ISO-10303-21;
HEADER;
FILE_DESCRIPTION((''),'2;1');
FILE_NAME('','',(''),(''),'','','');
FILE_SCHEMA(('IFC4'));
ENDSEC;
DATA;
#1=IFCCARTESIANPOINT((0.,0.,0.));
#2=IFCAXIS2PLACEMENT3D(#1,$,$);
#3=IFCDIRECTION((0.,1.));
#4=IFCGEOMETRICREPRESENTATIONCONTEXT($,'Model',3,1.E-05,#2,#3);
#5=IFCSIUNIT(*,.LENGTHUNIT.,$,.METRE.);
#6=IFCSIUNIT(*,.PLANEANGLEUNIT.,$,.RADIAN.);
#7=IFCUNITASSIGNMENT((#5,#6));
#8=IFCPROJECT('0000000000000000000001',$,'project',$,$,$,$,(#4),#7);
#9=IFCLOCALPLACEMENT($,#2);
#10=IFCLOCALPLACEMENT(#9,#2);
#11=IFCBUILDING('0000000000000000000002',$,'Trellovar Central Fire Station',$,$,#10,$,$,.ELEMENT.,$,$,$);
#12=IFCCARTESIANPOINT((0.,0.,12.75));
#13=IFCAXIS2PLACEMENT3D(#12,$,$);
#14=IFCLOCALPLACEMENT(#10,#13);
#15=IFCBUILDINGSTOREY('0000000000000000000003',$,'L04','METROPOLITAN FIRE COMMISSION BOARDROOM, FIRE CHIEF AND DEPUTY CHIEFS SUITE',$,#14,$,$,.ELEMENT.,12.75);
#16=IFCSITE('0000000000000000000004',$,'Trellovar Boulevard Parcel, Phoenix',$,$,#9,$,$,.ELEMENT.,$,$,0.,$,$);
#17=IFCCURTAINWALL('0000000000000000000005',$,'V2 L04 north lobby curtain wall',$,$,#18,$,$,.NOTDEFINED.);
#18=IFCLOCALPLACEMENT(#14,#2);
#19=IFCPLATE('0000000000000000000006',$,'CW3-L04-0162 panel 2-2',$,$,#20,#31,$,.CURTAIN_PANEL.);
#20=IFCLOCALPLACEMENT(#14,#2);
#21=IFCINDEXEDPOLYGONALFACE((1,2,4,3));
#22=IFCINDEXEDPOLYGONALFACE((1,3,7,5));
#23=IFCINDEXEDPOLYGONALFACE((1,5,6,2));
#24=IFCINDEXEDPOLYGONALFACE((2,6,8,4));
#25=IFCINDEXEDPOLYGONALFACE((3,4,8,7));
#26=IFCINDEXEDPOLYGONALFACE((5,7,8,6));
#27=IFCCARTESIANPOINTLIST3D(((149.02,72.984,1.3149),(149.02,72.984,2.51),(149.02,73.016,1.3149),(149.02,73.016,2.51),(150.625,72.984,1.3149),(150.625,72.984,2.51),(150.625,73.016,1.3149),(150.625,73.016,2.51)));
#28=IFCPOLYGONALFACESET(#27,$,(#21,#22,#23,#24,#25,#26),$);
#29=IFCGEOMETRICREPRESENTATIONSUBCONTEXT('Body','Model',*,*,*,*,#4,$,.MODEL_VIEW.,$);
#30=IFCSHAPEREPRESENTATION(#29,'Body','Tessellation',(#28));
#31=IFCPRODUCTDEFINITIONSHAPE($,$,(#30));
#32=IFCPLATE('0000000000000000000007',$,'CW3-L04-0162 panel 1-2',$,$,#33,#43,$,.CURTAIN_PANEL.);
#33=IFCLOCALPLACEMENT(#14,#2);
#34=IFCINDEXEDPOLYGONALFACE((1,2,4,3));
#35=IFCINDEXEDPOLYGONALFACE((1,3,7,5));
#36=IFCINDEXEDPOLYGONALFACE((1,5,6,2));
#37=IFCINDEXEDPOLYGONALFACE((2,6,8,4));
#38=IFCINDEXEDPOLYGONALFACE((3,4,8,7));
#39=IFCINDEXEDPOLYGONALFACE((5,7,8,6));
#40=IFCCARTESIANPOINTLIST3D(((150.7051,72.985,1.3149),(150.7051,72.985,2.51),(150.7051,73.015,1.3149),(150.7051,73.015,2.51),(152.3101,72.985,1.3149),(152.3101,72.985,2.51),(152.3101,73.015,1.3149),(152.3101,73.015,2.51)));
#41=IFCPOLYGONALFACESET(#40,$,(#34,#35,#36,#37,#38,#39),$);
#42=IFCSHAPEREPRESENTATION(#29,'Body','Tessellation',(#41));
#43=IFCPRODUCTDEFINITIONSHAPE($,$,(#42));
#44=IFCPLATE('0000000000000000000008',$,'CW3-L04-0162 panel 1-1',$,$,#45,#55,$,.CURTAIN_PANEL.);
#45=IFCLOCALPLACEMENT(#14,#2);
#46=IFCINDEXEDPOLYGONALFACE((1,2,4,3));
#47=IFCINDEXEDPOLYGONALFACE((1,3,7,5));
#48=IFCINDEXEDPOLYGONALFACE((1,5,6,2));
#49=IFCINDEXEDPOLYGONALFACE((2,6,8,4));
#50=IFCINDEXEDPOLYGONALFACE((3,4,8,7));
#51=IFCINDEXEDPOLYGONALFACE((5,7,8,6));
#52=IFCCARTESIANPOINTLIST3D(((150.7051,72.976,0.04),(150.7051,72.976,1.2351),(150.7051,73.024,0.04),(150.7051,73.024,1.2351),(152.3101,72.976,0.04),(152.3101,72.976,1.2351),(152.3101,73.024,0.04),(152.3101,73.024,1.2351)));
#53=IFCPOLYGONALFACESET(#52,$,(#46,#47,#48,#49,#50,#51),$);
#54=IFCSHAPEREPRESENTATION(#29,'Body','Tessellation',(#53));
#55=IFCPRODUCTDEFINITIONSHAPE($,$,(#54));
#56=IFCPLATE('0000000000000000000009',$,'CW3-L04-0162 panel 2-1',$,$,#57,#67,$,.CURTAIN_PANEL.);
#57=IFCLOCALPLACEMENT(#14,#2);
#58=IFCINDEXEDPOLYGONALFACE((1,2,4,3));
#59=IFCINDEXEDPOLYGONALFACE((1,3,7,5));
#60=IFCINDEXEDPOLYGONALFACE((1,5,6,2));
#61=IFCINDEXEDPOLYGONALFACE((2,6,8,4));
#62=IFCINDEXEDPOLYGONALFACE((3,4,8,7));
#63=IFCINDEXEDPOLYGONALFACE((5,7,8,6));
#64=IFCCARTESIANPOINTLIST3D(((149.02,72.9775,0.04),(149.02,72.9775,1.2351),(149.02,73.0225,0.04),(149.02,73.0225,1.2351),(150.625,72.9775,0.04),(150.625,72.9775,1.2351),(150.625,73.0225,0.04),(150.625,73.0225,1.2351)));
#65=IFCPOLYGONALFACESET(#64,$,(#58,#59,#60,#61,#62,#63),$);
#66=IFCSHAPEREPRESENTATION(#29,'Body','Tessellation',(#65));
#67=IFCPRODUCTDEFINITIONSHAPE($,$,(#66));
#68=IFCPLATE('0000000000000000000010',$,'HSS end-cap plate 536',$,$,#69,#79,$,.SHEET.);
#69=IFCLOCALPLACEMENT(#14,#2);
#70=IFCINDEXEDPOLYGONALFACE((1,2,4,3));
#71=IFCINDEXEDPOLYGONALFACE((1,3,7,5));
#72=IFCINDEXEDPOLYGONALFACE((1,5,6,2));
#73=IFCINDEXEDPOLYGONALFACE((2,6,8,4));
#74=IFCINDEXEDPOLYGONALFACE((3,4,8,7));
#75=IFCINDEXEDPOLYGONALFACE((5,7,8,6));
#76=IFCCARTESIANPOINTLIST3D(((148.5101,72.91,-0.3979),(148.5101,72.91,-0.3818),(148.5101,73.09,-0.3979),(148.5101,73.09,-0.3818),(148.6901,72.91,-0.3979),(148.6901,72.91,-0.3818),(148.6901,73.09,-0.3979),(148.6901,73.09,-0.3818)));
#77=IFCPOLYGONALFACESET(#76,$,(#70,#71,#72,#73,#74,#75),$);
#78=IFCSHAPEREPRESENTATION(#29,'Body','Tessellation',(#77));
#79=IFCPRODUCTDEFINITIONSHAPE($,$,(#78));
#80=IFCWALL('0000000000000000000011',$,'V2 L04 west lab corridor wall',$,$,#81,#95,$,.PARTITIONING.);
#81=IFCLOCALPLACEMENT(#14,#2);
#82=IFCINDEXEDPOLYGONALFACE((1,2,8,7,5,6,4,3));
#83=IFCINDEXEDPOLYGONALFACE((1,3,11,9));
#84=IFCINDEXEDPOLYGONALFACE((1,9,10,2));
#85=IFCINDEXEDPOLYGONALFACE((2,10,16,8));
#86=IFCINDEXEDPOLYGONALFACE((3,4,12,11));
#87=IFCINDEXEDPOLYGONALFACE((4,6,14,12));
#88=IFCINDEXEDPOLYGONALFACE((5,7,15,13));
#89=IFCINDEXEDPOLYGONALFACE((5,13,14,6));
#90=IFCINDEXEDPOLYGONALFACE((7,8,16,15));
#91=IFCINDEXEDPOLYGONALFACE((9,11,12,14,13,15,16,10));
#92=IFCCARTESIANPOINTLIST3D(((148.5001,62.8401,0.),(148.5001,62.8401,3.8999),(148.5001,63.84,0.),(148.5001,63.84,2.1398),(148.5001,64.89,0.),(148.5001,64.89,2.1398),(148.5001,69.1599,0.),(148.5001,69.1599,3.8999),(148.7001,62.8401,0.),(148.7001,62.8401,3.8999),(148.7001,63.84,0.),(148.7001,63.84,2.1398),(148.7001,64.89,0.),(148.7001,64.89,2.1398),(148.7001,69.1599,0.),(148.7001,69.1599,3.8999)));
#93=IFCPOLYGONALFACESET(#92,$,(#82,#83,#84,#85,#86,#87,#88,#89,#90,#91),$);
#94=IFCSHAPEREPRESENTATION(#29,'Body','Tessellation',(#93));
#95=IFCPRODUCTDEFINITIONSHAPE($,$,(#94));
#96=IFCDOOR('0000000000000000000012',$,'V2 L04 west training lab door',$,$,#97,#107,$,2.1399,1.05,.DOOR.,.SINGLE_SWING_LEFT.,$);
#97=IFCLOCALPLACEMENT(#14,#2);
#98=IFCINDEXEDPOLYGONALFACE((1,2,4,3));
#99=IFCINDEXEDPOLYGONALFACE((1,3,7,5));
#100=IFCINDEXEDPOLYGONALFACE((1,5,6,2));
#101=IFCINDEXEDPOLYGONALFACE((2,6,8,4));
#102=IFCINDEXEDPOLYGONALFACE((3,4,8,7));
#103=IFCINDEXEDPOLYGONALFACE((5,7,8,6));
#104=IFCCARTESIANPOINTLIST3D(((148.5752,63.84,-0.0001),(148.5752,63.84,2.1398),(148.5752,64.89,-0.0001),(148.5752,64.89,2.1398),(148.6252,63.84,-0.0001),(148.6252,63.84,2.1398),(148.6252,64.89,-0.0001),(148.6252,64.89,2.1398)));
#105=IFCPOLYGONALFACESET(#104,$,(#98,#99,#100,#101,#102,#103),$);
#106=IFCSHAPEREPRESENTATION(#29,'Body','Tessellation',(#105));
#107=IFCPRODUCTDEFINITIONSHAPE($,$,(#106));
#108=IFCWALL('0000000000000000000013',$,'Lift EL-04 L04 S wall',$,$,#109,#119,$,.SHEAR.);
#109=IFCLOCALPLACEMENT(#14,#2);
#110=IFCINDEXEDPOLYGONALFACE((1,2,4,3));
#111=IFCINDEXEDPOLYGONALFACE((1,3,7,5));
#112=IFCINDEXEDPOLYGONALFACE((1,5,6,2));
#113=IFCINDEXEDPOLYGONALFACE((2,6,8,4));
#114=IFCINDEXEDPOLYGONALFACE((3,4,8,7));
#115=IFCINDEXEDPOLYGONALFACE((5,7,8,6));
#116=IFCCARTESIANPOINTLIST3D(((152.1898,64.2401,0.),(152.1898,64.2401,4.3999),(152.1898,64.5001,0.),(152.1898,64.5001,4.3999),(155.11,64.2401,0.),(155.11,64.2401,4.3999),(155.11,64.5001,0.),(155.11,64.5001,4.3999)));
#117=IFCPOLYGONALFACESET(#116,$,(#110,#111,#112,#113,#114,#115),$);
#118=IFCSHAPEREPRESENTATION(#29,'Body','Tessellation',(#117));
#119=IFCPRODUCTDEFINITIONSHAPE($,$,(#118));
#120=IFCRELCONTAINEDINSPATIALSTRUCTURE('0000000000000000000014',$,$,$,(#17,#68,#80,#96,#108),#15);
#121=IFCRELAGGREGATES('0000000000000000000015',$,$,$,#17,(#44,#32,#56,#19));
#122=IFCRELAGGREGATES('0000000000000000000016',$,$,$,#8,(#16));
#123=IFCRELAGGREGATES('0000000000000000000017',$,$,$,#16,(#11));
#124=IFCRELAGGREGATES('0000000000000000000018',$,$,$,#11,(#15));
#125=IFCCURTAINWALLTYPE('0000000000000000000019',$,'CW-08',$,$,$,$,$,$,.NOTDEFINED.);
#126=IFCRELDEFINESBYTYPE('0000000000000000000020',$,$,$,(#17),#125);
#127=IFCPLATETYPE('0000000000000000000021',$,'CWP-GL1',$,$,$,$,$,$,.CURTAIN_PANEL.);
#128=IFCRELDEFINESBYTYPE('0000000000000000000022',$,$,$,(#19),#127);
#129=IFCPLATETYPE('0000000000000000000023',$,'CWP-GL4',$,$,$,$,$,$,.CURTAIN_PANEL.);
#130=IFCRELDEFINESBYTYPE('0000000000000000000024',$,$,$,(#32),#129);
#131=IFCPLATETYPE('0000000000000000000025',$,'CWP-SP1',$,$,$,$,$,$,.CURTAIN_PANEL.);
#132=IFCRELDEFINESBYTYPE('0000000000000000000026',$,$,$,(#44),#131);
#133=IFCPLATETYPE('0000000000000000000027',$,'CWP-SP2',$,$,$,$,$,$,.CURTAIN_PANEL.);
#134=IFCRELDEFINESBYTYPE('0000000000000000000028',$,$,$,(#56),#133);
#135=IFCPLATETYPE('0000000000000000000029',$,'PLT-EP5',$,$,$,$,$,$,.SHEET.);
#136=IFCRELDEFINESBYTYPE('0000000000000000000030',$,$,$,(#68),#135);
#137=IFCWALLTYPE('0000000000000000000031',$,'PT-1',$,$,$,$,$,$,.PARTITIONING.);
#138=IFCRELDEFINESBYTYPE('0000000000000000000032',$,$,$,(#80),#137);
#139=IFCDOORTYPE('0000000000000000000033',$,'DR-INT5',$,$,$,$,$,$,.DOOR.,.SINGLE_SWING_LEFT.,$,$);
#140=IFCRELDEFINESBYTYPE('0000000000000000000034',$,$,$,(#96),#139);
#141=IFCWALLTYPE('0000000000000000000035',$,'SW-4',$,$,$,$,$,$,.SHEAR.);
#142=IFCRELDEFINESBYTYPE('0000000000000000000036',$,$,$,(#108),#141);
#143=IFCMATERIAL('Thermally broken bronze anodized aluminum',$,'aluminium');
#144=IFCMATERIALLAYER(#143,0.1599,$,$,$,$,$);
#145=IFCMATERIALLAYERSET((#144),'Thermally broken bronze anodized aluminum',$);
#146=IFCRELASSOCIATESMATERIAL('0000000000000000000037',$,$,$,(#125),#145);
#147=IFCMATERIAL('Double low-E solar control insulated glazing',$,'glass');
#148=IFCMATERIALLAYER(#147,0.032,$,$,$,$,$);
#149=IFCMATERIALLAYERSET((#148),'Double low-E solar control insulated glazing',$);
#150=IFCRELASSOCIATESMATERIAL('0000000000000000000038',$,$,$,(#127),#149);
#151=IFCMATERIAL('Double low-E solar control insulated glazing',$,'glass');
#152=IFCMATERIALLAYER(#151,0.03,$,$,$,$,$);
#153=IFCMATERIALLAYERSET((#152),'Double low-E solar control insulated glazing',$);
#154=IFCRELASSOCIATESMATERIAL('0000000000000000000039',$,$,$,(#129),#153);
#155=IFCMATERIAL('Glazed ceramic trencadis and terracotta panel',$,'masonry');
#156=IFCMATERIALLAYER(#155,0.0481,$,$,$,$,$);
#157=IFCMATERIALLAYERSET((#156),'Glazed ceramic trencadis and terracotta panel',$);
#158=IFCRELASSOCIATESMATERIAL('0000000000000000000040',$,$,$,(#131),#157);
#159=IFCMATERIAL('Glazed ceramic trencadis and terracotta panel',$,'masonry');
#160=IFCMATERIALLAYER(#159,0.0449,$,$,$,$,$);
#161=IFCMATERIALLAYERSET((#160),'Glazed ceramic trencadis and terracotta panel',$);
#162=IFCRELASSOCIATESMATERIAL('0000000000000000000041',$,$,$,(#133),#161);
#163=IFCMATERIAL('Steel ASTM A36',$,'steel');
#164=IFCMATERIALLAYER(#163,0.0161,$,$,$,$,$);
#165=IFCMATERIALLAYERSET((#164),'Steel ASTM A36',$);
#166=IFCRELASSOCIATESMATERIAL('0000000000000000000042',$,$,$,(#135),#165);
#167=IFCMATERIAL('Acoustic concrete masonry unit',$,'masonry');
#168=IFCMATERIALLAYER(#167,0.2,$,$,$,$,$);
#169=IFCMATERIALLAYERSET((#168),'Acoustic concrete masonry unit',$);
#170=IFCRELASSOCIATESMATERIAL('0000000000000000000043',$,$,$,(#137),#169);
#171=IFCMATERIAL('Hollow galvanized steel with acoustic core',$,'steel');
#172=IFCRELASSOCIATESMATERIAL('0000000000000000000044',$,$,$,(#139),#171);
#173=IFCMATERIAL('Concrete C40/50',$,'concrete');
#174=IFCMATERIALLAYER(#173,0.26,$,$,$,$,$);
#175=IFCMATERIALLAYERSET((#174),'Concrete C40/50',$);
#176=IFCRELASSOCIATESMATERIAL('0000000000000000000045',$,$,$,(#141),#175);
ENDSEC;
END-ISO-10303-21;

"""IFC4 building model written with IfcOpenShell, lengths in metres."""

from ifc_helpers import new_model, si_unit, direction, frame, frame_2d, origin, origin_2d, place, context, subcontext, project, spatial, rectangle, extrude, material, layer, layer_set, type_object, element, fill, aggregate, save


model = new_model("IFC4")

# Units and contexts
model_context = context("Model", 3, precision=1e-05, world=origin(), true_north=direction((0.0, 1.0)))
body_context = subcontext(model_context, "Body", "Model", "MODEL_VIEW")
ifc_project = project(units=[si_unit("LENGTHUNIT", "METRE"), si_unit("PLANEANGLEUNIT", "RADIAN")], contexts=[model_context])

# Site, building, storey
site_placement = place(None, origin())
site = spatial("IfcSite", under=ifc_project, at=site_placement, Name="Trellovar Boulevard Parcel, Phoenix", CompositionType="ELEMENT", RefElevation=0.0)
building_placement = place(site_placement, origin())
building = spatial("IfcBuilding", under=site, at=building_placement, Name="Trellovar Central Fire Station", CompositionType="ELEMENT")
storey_placement = place(building_placement, frame((0.0, 0.0, 12.75)))
storey = spatial("IfcBuildingStorey", under=building, at=storey_placement, Name="L04", Description="METROPOLITAN FIRE COMMISSION BOARDROOM, FIRE CHIEF AND DEPUTY CHIEFS SUITE", CompositionType="ELEMENT", Elevation=12.75)

# Curtain wall
ifc_material_1 = material(Name="Thermally broken bronze anodized aluminum", Category="aluminium")
ifc_layer_1 = layer(ifc_material_1, 0.1599)
ifc_layer_set_1 = layer_set([ifc_layer_1], Name="Thermally broken bronze anodized aluminum")
curtain_wall_type = type_object("IfcCurtainWallType", Name="CW-08", PredefinedType="NOTDEFINED", material=ifc_layer_set_1)
curtain_wall_placement = place(storey_placement, origin())
curtain_wall = element("IfcCurtainWall", 1, at=curtain_wall_placement, inside=storey, type_object=curtain_wall_type, Name="V2 L04 north lobby curtain wall", PredefinedType="NOTDEFINED")

# Plates
ifc_material_2 = material(Name="Double low-E solar control insulated glazing", Category="glass")
ifc_layer_2 = layer(ifc_material_2, 0.032)
ifc_layer_set_2 = layer_set([ifc_layer_2], Name="Double low-E solar control insulated glazing")
plate_type_1 = type_object("IfcPlateType", Name="CWP-GL1", PredefinedType="CURTAIN_PANEL", material=ifc_layer_set_2)
plate_1_placement = place(storey_placement, frame((149.8225, 73.0, 1.3149), z_axis=(0.0, 0.0, 1.0), x_axis=(-1.0, 0.0, 0.0)))
plate_1 = element("IfcPlate", 2, at=plate_1_placement, type_object=plate_type_1, Name="CW3-L04-0162 panel 2-2", PredefinedType="CURTAIN_PANEL", context=body_context, shape_type="SweptSolid", body=[
    extrude(rectangle(XDim=1.605, YDim=0.032, at=origin_2d()), origin(), (0.0, 0.0, 1.0), 1.1951),
])
ifc_material_3 = material(Name="Double low-E solar control insulated glazing", Category="glass")
ifc_layer_3 = layer(ifc_material_3, 0.03)
ifc_layer_set_3 = layer_set([ifc_layer_3], Name="Double low-E solar control insulated glazing")
plate_type_2 = type_object("IfcPlateType", Name="CWP-GL4", PredefinedType="CURTAIN_PANEL", material=ifc_layer_set_3)
plate_2_placement = place(storey_placement, frame((151.5076, 73.0, 1.3149), z_axis=(0.0, 0.0, 1.0), x_axis=(-1.0, 0.0, 0.0)))
plate_2 = element("IfcPlate", 3, at=plate_2_placement, type_object=plate_type_2, Name="CW3-L04-0162 panel 1-2", PredefinedType="CURTAIN_PANEL", context=body_context, shape_type="SweptSolid", body=[
    extrude(rectangle(XDim=1.605, YDim=0.03, at=origin_2d()), origin(), (0.0, 0.0, 1.0), 1.1951),
])
ifc_material_4 = material(Name="Glazed ceramic trencadis and terracotta panel", Category="masonry")
ifc_layer_4 = layer(ifc_material_4, 0.0481)
ifc_layer_set_4 = layer_set([ifc_layer_4], Name="Glazed ceramic trencadis and terracotta panel")
plate_type_3 = type_object("IfcPlateType", Name="CWP-SP1", PredefinedType="CURTAIN_PANEL", material=ifc_layer_set_4)
plate_3_placement = place(storey_placement, frame((151.5076, 73.0, 0.04), z_axis=(0.0, 0.0, 1.0), x_axis=(-1.0, 0.0, 0.0)))
plate_3 = element("IfcPlate", 4, at=plate_3_placement, type_object=plate_type_3, Name="CW3-L04-0162 panel 1-1", PredefinedType="CURTAIN_PANEL", context=body_context, shape_type="SweptSolid", body=[
    extrude(rectangle(XDim=1.605, YDim=0.0481, at=origin_2d()), origin(), (0.0, 0.0, 1.0), 1.1951),
])
ifc_material_5 = material(Name="Glazed ceramic trencadis and terracotta panel", Category="masonry")
ifc_layer_5 = layer(ifc_material_5, 0.0449)
ifc_layer_set_5 = layer_set([ifc_layer_5], Name="Glazed ceramic trencadis and terracotta panel")
plate_type_4 = type_object("IfcPlateType", Name="CWP-SP2", PredefinedType="CURTAIN_PANEL", material=ifc_layer_set_5)
plate_4_placement = place(storey_placement, frame((149.8225, 73.0, 0.04), z_axis=(0.0, 0.0, 1.0), x_axis=(-1.0, 0.0, 0.0)))
plate_4 = element("IfcPlate", 5, at=plate_4_placement, type_object=plate_type_4, Name="CW3-L04-0162 panel 2-1", PredefinedType="CURTAIN_PANEL", context=body_context, shape_type="SweptSolid", body=[
    extrude(rectangle(XDim=1.605, YDim=0.0449, at=origin_2d()), origin(), (0.0, 0.0, 1.0), 1.1951),
])
aggregate(curtain_wall, [plate_3, plate_2, plate_4, plate_1])
ifc_material_6 = material(Name="Steel ASTM A36", Category="steel")
ifc_layer_6 = layer(ifc_material_6, 0.0161)
ifc_layer_set_6 = layer_set([ifc_layer_6], Name="Steel ASTM A36")
plate_type_5 = type_object("IfcPlateType", Name="PLT-EP5", PredefinedType="SHEET", material=ifc_layer_set_6)
plate_5_placement = place(storey_placement, frame((148.6001, 73.0, -0.3979), z_axis=(0.0, 0.0, 1.0), x_axis=(1.0, 0.0, 0.0)))
element("IfcPlate", 6, at=plate_5_placement, inside=storey, type_object=plate_type_5, Name="HSS end-cap plate 536", PredefinedType="SHEET", context=body_context, shape_type="SweptSolid", body=[
    extrude(rectangle(XDim=0.1799, YDim=0.1799, at=origin_2d()), origin(), (0.0, 0.0, 1.0), 0.0161),
])

# Wall, opening, door
ifc_material_7 = material(Name="Acoustic concrete masonry unit", Category="masonry")
ifc_layer_7 = layer(ifc_material_7, 0.2)
ifc_layer_set_7 = layer_set([ifc_layer_7], Name="Acoustic concrete masonry unit")
wall_type_1 = type_object("IfcWallType", Name="PT-1", PredefinedType="PARTITIONING", material=ifc_layer_set_7)
wall_1_placement = place(storey_placement, frame((148.6001, 62.8401, 0.0), z_axis=(0.0, 0.0, 1.0), x_axis=(0.0, 1.0, 0.0)))
wall_1 = element("IfcWall", 7, at=wall_1_placement, inside=storey, type_object=wall_type_1, Name="V2 L04 west lab corridor wall", PredefinedType="PARTITIONING", context=body_context, shape_type="SweptSolid", body=[
    extrude(rectangle(XDim=6.3198, YDim=0.2, at=frame_2d((3.1599, 0.0))), origin(), (0.0, 0.0, 1.0), 3.8999),
])
opening_1_placement = place(wall_1_placement, frame((1.0, 0.0, 0.0)))
opening_1 = element("IfcOpeningElement", 8, at=opening_1_placement, cuts=wall_1, PredefinedType="OPENING", context=body_context, shape_type="SweptSolid", body=[
    extrude(rectangle(XDim=1.05, YDim=2.1399, at=frame_2d((0.5249, 1.0698))), frame((0.0, 0.1099, 0.0), z_axis=(0.0, -1.0, 0.0), x_axis=(1.0, 0.0, 0.0)), (0.0, 0.0, 1.0), 0.22),
])
ifc_material_8 = material(Name="Hollow galvanized steel with acoustic core", Category="steel")
door_type_1 = type_object("IfcDoorType", Name="DR-INT5", OperationType="SINGLE_SWING_LEFT", PredefinedType="DOOR", material=ifc_material_8)
door_1_placement = place(opening_1_placement, origin())
door_1 = element("IfcDoor", 9, at=door_1_placement, inside=storey, type_object=door_type_1, Name="V2 L04 west training lab door", OperationType="SINGLE_SWING_LEFT", OverallHeight=2.1399, OverallWidth=1.05, PredefinedType="DOOR", context=body_context, shape_type="SweptSolid", body=[
    extrude(rectangle(XDim=1.05, YDim=2.1399, at=frame_2d((0.5249, 1.0698))), frame((0.0, 0.0249, 0.0), z_axis=(0.0, -1.0, 0.0), x_axis=(1.0, 0.0, 0.0)), (0.0, 0.0, 1.0), 0.05),
])
fill(opening_1, door_1)

# Wall
ifc_material_9 = material(Name="Concrete C40/50", Category="concrete")
ifc_layer_8 = layer(ifc_material_9, 0.26)
ifc_layer_set_8 = layer_set([ifc_layer_8], Name="Concrete C40/50")
wall_type_2 = type_object("IfcWallType", Name="SW-4", PredefinedType="SHEAR", material=ifc_layer_set_8)
wall_2_placement = place(storey_placement, frame((152.1899, 64.3701, 0.0), z_axis=(0.0, 0.0, 1.0), x_axis=(1.0, 0.0, 0.0)))
element("IfcWall", 10, at=wall_2_placement, inside=storey, type_object=wall_type_2, Name="Lift EL-04 L04 S wall", PredefinedType="SHEAR", context=body_context, shape_type="SweptSolid", body=[
    extrude(rectangle(XDim=2.9202, YDim=0.26, at=frame_2d((1.46, 0.0))), origin(), (0.0, 0.0, 1.0), 4.3999),
])

save(model, "model.ifc")
